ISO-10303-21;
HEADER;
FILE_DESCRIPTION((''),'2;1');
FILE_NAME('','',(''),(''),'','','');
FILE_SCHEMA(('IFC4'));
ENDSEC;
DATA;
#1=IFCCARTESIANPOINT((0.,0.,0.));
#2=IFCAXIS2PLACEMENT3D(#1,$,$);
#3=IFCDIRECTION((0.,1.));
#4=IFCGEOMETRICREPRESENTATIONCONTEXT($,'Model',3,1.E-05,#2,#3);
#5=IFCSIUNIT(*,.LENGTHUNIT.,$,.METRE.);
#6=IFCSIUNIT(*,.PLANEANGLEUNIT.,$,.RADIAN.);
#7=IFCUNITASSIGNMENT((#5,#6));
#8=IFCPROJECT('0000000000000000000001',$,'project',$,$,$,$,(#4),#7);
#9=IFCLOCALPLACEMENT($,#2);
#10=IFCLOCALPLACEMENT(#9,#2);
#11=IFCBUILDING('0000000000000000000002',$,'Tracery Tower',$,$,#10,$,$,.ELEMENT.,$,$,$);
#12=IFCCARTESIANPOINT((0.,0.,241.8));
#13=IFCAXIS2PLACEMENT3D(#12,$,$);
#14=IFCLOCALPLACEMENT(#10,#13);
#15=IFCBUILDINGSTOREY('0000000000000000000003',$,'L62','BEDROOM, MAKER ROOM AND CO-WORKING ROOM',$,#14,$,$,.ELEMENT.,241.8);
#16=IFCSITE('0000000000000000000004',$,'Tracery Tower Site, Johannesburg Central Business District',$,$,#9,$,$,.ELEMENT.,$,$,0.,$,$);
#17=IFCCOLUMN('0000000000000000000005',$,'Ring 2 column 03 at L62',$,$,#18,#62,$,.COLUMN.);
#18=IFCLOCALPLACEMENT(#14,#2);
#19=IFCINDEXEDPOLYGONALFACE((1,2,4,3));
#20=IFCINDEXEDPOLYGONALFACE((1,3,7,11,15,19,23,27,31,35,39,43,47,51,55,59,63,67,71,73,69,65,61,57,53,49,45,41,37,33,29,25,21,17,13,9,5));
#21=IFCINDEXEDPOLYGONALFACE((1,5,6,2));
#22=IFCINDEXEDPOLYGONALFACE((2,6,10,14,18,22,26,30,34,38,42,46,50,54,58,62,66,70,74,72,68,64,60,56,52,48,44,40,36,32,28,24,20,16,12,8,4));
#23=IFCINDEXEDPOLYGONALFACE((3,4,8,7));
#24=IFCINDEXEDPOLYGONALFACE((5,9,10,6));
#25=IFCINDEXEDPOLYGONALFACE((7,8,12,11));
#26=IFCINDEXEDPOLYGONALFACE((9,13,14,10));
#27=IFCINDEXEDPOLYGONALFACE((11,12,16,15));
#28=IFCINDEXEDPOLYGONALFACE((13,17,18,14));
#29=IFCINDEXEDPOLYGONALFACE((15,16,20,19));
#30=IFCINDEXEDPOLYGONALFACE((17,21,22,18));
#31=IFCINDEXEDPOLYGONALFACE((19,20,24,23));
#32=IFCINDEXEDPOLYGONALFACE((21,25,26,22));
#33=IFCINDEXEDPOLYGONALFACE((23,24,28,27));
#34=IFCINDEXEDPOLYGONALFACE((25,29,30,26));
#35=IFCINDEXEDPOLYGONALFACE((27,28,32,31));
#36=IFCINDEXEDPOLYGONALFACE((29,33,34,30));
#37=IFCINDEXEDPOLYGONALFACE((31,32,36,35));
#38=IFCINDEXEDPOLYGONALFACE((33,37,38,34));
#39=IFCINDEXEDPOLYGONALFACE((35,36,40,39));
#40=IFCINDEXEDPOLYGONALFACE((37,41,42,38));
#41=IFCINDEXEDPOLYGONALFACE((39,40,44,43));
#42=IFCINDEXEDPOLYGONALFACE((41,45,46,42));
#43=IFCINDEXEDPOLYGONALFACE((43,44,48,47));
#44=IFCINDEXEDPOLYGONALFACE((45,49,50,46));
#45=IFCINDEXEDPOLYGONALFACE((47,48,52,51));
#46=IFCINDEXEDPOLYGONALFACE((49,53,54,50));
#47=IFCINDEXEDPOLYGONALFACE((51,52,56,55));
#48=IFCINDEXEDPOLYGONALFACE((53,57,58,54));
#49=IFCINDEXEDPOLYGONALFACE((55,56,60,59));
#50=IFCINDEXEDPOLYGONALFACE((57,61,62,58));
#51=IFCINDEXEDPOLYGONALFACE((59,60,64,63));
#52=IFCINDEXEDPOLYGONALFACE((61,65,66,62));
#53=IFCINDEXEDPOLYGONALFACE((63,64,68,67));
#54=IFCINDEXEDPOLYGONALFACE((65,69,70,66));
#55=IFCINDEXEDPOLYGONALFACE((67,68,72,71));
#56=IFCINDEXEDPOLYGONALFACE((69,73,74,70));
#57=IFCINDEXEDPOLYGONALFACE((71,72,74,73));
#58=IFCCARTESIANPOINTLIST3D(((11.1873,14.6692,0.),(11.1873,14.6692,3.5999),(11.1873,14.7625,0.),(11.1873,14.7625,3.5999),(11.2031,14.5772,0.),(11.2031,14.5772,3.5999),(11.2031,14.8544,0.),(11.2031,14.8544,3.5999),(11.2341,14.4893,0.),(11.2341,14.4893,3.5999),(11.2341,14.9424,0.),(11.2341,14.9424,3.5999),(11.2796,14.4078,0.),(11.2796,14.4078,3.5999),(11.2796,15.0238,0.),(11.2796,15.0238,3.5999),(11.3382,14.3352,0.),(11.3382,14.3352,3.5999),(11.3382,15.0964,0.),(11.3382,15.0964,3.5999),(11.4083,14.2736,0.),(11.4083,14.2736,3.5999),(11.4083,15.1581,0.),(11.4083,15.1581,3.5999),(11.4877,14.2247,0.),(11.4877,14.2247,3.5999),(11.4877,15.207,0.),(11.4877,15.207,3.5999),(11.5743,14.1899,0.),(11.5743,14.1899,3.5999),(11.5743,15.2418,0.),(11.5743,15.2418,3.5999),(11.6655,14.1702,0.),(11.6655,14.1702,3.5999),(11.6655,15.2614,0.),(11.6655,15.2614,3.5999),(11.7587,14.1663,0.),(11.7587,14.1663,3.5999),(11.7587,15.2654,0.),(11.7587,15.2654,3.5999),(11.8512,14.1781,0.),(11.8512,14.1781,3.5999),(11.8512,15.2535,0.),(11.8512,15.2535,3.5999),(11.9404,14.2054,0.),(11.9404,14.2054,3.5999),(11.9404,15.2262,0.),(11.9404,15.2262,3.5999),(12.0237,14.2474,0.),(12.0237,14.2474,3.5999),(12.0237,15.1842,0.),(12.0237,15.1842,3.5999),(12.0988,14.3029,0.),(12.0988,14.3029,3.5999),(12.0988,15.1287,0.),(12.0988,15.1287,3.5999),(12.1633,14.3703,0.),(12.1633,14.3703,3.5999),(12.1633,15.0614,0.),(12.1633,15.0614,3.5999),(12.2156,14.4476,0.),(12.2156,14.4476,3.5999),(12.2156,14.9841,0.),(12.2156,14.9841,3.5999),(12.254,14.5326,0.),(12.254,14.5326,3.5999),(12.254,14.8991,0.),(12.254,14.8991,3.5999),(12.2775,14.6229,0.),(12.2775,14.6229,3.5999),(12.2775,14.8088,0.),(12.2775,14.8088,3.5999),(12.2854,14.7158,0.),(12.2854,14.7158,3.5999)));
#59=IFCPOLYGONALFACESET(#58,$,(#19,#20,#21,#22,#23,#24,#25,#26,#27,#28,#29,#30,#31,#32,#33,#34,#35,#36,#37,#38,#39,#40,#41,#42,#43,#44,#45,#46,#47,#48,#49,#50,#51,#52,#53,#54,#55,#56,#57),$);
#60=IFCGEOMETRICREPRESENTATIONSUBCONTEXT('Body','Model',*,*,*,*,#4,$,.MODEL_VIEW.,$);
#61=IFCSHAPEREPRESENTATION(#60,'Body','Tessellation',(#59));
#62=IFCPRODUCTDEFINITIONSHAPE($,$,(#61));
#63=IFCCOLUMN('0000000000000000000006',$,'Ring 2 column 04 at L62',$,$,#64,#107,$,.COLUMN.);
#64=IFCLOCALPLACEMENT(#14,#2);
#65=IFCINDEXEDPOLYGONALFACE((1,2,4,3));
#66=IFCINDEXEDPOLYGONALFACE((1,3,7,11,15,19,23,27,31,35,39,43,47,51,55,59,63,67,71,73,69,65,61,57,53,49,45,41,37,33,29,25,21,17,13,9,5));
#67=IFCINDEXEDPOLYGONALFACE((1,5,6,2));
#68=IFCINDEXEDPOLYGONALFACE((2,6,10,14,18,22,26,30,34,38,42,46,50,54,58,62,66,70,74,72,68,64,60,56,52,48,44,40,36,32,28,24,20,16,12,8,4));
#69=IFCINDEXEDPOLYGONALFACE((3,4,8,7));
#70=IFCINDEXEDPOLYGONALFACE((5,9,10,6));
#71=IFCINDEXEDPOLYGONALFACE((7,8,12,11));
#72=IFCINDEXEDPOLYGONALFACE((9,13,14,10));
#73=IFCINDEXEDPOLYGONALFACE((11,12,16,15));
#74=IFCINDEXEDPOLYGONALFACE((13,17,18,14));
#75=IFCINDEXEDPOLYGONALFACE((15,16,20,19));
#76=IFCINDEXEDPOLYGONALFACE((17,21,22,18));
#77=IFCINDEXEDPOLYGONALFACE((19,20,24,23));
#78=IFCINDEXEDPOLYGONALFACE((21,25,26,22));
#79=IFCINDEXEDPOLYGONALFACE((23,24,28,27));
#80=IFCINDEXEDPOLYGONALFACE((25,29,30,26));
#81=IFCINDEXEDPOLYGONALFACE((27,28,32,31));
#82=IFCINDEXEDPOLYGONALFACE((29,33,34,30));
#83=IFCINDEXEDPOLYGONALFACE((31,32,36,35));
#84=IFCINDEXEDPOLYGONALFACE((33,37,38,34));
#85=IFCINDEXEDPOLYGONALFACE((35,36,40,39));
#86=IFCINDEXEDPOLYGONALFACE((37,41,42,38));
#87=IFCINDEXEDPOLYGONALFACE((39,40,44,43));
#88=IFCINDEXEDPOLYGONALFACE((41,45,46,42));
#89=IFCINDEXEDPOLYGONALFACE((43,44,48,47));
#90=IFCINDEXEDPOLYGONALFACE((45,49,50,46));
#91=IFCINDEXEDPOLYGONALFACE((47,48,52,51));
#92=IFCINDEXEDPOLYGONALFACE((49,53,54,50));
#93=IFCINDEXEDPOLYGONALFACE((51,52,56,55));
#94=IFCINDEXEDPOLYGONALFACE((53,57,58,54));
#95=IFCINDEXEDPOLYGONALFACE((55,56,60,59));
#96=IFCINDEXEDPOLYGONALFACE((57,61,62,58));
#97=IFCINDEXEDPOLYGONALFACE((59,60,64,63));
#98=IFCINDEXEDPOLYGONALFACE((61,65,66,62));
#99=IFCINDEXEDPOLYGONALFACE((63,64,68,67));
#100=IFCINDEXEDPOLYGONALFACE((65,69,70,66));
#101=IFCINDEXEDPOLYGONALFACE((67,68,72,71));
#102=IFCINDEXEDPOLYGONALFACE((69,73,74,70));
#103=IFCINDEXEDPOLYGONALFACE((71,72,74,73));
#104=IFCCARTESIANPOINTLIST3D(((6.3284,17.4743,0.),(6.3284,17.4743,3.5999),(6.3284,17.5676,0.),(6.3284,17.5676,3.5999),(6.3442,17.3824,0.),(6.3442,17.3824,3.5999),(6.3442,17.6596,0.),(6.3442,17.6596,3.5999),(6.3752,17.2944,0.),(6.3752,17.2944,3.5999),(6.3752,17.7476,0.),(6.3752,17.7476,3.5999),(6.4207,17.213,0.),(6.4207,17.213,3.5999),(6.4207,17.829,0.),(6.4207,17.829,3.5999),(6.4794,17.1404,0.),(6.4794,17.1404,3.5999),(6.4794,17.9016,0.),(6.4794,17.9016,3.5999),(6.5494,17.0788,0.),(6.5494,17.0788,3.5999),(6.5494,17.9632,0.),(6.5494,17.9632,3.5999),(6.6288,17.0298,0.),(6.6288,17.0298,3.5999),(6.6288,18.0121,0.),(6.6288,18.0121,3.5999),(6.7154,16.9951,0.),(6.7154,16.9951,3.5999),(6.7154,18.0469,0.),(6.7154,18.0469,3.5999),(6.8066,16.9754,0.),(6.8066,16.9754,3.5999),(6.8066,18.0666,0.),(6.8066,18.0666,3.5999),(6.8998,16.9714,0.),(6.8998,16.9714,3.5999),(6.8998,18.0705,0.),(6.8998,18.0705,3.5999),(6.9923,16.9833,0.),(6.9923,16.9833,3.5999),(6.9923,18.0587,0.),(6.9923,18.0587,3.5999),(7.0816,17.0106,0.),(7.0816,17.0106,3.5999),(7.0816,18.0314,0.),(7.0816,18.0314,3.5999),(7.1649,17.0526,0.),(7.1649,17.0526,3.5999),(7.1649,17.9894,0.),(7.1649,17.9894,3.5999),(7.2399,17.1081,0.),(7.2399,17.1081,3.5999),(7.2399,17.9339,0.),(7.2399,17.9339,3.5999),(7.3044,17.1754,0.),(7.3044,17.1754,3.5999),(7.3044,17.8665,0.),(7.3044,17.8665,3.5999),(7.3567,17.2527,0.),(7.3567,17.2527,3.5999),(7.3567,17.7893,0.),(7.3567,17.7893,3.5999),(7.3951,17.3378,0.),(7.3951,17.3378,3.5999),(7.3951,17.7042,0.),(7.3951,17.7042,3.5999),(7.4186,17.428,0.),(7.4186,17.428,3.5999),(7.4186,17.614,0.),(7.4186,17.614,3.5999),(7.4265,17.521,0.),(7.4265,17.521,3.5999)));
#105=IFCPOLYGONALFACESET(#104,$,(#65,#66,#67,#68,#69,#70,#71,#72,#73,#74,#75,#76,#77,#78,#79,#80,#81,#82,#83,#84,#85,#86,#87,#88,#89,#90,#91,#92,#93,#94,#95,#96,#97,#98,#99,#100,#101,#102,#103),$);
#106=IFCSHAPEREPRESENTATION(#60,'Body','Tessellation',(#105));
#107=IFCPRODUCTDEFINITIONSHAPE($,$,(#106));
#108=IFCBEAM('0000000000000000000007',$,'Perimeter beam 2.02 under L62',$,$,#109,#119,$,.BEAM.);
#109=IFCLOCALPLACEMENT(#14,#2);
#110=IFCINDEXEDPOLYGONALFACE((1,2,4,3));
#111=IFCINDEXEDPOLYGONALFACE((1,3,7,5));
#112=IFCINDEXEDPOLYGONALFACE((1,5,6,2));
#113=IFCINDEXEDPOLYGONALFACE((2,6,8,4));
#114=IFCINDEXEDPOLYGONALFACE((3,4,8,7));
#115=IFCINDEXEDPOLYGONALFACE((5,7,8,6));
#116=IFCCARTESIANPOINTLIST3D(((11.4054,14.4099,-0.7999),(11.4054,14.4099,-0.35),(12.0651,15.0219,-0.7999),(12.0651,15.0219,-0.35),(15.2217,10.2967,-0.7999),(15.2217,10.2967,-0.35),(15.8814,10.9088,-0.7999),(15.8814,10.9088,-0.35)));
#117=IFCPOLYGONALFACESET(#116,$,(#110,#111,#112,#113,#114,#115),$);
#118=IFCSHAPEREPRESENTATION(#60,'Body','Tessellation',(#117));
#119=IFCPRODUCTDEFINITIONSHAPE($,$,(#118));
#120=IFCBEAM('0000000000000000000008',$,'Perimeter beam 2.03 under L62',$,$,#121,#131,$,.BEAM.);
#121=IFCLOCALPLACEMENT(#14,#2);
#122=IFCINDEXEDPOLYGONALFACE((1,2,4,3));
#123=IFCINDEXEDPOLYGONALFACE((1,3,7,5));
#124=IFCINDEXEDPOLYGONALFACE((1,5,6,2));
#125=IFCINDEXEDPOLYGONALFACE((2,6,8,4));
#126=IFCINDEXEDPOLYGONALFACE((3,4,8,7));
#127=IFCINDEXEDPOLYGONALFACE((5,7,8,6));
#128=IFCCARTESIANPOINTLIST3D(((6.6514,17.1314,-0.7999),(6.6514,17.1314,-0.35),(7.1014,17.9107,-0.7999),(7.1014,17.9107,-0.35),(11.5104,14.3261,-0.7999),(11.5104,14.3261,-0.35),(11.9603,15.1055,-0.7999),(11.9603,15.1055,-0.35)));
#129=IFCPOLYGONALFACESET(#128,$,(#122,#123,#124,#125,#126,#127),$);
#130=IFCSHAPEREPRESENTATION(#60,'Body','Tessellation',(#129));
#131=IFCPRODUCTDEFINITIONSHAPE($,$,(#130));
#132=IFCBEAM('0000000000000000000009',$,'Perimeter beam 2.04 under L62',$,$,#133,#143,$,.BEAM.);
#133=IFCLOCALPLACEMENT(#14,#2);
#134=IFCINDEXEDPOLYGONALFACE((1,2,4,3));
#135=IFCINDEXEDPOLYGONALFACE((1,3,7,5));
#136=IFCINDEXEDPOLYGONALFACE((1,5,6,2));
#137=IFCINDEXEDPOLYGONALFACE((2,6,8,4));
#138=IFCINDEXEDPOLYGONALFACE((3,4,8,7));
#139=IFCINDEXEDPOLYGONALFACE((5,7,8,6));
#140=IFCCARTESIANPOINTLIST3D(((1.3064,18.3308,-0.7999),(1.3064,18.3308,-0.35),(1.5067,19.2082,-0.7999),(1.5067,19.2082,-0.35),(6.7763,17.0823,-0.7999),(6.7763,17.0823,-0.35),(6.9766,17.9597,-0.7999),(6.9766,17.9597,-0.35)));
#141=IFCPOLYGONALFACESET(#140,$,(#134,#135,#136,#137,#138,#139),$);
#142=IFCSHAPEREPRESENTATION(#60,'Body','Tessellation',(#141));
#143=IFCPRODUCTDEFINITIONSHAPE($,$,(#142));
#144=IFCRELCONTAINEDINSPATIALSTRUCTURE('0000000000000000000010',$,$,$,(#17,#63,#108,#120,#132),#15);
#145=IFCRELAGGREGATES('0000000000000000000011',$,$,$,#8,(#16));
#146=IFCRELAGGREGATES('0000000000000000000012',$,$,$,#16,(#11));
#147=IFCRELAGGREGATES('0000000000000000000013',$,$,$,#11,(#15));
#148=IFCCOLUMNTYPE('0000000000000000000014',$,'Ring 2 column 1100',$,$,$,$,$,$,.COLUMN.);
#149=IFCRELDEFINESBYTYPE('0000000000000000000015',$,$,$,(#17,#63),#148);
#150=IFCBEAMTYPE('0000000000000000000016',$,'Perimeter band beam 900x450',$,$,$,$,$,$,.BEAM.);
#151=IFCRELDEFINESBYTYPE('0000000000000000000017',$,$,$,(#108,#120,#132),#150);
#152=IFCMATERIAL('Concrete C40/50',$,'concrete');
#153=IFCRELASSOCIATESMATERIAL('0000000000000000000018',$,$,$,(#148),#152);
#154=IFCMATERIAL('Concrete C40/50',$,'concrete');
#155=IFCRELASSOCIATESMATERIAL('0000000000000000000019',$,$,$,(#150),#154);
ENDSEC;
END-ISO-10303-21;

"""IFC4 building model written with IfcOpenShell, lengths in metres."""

from ifc_helpers import new_model, si_unit, direction, frame, origin, origin_2d, place, context, subcontext, project, spatial, rectangle, circle, extrude, material, material_profile, profile_set, type_object, element, save


model = new_model("IFC4")

# Units and contexts
model_context = context("Model", 3, precision=1e-05, world=origin(), true_north=direction((0.0, 1.0)))
body_context = subcontext(model_context, "Body", "Model", "MODEL_VIEW")
ifc_project = project(units=[si_unit("LENGTHUNIT", "METRE"), si_unit("PLANEANGLEUNIT", "RADIAN")], contexts=[model_context])

# Site, building, storey
site_placement = place(None, origin())
site = spatial("IfcSite", under=ifc_project, at=site_placement, Name="Tracery Tower Site, Johannesburg Central Business District", CompositionType="ELEMENT", RefElevation=0.0)
building_placement = place(site_placement, origin())
building = spatial("IfcBuilding", under=site, at=building_placement, Name="Tracery Tower", CompositionType="ELEMENT")
storey_placement = place(building_placement, frame((0.0, 0.0, 241.8)))
storey = spatial("IfcBuildingStorey", under=building, at=storey_placement, Name="L62", Description="BEDROOM, MAKER ROOM AND CO-WORKING ROOM", CompositionType="ELEMENT", Elevation=241.8)

# Columns
ifc_material_1 = material(Name="Concrete C40/50", Category="concrete")
ifc_material_profile_1 = material_profile(ifc_material_1, circle(Radius=0.55, at=origin_2d()), Name="RC D1100")
ifc_profile_set_1 = profile_set([ifc_material_profile_1], Name="Concrete C40/50")
column_type = type_object("IfcColumnType", Name="Ring 2 column 1100", PredefinedType="COLUMN", material=ifc_profile_set_1)
for number, where, z_axis, x_axis, name in (
    (1, (11.7354, 14.7158, 0.0), (0.0, 0.0, 1.0), (1.0, 0.0, 0.0), "Ring 2 column 03 at L62"),
    (2, (6.8765, 17.521, 0.0), (0.0, 0.0, 1.0), (1.0, 0.0, 0.0), "Ring 2 column 04 at L62"),
):
    element("IfcColumn", number, at=place(storey_placement, frame(where, z_axis=z_axis, x_axis=x_axis)), inside=storey, type_object=column_type, Name=name, PredefinedType="COLUMN", context=body_context, shape_type="SweptSolid", body=[
        extrude(circle(Radius=0.55, at=origin_2d()), origin(), (0.0, 0.0, 1.0), 3.5999),
    ])

# Beams
ifc_material_2 = material(Name="Concrete C40/50", Category="concrete")
ifc_material_profile_2 = material_profile(ifc_material_2, rectangle(XDim=0.8999, YDim=0.45, at=origin_2d()), Name="RC 900x450")
ifc_profile_set_2 = profile_set([ifc_material_profile_2], Name="Concrete C40/50")
beam_type = type_object("IfcBeamType", Name="Perimeter band beam 900x450", PredefinedType="BEAM", material=ifc_profile_set_2)
beam_placement = place(storey_placement, frame((15.5515, 10.6028, -0.575), z_axis=(-0.680156, 0.733068, 0.0), x_axis=(-0.733068, -0.680156, 0.0)))
element("IfcBeam", 3, at=beam_placement, inside=storey, type_object=beam_type, Name="Perimeter beam 2.02 under L62", PredefinedType="BEAM", context=body_context, shape_type="SweptSolid", body=[
    extrude(rectangle(XDim=0.8999, YDim=0.45, at=origin_2d()), origin(), (0.0, 0.0, 1.0), 5.6108),
])
for number, where, z_axis, x_axis, name in (
    (4, (11.7354, 14.7158, -0.575), (-0.866033, 0.499986, 0.0), (-0.499986, -0.866033, 0.0), "Perimeter beam 2.03 under L62"),
    (5, (6.8765, 17.521, -0.575), (-0.974926, 0.222529, 0.0), (-0.222529, -0.974926, 0.0), "Perimeter beam 2.04 under L62"),
):
    element("IfcBeam", number, at=place(storey_placement, frame(where, z_axis=z_axis, x_axis=x_axis)), inside=storey, type_object=beam_type, Name=name, PredefinedType="BEAM", context=body_context, shape_type="SweptSolid", body=[
        extrude(rectangle(XDim=0.8999, YDim=0.45, at=origin_2d()), origin(), (0.0, 0.0, 1.0), 5.6106),
    ])

save(model, "model.ifc")
